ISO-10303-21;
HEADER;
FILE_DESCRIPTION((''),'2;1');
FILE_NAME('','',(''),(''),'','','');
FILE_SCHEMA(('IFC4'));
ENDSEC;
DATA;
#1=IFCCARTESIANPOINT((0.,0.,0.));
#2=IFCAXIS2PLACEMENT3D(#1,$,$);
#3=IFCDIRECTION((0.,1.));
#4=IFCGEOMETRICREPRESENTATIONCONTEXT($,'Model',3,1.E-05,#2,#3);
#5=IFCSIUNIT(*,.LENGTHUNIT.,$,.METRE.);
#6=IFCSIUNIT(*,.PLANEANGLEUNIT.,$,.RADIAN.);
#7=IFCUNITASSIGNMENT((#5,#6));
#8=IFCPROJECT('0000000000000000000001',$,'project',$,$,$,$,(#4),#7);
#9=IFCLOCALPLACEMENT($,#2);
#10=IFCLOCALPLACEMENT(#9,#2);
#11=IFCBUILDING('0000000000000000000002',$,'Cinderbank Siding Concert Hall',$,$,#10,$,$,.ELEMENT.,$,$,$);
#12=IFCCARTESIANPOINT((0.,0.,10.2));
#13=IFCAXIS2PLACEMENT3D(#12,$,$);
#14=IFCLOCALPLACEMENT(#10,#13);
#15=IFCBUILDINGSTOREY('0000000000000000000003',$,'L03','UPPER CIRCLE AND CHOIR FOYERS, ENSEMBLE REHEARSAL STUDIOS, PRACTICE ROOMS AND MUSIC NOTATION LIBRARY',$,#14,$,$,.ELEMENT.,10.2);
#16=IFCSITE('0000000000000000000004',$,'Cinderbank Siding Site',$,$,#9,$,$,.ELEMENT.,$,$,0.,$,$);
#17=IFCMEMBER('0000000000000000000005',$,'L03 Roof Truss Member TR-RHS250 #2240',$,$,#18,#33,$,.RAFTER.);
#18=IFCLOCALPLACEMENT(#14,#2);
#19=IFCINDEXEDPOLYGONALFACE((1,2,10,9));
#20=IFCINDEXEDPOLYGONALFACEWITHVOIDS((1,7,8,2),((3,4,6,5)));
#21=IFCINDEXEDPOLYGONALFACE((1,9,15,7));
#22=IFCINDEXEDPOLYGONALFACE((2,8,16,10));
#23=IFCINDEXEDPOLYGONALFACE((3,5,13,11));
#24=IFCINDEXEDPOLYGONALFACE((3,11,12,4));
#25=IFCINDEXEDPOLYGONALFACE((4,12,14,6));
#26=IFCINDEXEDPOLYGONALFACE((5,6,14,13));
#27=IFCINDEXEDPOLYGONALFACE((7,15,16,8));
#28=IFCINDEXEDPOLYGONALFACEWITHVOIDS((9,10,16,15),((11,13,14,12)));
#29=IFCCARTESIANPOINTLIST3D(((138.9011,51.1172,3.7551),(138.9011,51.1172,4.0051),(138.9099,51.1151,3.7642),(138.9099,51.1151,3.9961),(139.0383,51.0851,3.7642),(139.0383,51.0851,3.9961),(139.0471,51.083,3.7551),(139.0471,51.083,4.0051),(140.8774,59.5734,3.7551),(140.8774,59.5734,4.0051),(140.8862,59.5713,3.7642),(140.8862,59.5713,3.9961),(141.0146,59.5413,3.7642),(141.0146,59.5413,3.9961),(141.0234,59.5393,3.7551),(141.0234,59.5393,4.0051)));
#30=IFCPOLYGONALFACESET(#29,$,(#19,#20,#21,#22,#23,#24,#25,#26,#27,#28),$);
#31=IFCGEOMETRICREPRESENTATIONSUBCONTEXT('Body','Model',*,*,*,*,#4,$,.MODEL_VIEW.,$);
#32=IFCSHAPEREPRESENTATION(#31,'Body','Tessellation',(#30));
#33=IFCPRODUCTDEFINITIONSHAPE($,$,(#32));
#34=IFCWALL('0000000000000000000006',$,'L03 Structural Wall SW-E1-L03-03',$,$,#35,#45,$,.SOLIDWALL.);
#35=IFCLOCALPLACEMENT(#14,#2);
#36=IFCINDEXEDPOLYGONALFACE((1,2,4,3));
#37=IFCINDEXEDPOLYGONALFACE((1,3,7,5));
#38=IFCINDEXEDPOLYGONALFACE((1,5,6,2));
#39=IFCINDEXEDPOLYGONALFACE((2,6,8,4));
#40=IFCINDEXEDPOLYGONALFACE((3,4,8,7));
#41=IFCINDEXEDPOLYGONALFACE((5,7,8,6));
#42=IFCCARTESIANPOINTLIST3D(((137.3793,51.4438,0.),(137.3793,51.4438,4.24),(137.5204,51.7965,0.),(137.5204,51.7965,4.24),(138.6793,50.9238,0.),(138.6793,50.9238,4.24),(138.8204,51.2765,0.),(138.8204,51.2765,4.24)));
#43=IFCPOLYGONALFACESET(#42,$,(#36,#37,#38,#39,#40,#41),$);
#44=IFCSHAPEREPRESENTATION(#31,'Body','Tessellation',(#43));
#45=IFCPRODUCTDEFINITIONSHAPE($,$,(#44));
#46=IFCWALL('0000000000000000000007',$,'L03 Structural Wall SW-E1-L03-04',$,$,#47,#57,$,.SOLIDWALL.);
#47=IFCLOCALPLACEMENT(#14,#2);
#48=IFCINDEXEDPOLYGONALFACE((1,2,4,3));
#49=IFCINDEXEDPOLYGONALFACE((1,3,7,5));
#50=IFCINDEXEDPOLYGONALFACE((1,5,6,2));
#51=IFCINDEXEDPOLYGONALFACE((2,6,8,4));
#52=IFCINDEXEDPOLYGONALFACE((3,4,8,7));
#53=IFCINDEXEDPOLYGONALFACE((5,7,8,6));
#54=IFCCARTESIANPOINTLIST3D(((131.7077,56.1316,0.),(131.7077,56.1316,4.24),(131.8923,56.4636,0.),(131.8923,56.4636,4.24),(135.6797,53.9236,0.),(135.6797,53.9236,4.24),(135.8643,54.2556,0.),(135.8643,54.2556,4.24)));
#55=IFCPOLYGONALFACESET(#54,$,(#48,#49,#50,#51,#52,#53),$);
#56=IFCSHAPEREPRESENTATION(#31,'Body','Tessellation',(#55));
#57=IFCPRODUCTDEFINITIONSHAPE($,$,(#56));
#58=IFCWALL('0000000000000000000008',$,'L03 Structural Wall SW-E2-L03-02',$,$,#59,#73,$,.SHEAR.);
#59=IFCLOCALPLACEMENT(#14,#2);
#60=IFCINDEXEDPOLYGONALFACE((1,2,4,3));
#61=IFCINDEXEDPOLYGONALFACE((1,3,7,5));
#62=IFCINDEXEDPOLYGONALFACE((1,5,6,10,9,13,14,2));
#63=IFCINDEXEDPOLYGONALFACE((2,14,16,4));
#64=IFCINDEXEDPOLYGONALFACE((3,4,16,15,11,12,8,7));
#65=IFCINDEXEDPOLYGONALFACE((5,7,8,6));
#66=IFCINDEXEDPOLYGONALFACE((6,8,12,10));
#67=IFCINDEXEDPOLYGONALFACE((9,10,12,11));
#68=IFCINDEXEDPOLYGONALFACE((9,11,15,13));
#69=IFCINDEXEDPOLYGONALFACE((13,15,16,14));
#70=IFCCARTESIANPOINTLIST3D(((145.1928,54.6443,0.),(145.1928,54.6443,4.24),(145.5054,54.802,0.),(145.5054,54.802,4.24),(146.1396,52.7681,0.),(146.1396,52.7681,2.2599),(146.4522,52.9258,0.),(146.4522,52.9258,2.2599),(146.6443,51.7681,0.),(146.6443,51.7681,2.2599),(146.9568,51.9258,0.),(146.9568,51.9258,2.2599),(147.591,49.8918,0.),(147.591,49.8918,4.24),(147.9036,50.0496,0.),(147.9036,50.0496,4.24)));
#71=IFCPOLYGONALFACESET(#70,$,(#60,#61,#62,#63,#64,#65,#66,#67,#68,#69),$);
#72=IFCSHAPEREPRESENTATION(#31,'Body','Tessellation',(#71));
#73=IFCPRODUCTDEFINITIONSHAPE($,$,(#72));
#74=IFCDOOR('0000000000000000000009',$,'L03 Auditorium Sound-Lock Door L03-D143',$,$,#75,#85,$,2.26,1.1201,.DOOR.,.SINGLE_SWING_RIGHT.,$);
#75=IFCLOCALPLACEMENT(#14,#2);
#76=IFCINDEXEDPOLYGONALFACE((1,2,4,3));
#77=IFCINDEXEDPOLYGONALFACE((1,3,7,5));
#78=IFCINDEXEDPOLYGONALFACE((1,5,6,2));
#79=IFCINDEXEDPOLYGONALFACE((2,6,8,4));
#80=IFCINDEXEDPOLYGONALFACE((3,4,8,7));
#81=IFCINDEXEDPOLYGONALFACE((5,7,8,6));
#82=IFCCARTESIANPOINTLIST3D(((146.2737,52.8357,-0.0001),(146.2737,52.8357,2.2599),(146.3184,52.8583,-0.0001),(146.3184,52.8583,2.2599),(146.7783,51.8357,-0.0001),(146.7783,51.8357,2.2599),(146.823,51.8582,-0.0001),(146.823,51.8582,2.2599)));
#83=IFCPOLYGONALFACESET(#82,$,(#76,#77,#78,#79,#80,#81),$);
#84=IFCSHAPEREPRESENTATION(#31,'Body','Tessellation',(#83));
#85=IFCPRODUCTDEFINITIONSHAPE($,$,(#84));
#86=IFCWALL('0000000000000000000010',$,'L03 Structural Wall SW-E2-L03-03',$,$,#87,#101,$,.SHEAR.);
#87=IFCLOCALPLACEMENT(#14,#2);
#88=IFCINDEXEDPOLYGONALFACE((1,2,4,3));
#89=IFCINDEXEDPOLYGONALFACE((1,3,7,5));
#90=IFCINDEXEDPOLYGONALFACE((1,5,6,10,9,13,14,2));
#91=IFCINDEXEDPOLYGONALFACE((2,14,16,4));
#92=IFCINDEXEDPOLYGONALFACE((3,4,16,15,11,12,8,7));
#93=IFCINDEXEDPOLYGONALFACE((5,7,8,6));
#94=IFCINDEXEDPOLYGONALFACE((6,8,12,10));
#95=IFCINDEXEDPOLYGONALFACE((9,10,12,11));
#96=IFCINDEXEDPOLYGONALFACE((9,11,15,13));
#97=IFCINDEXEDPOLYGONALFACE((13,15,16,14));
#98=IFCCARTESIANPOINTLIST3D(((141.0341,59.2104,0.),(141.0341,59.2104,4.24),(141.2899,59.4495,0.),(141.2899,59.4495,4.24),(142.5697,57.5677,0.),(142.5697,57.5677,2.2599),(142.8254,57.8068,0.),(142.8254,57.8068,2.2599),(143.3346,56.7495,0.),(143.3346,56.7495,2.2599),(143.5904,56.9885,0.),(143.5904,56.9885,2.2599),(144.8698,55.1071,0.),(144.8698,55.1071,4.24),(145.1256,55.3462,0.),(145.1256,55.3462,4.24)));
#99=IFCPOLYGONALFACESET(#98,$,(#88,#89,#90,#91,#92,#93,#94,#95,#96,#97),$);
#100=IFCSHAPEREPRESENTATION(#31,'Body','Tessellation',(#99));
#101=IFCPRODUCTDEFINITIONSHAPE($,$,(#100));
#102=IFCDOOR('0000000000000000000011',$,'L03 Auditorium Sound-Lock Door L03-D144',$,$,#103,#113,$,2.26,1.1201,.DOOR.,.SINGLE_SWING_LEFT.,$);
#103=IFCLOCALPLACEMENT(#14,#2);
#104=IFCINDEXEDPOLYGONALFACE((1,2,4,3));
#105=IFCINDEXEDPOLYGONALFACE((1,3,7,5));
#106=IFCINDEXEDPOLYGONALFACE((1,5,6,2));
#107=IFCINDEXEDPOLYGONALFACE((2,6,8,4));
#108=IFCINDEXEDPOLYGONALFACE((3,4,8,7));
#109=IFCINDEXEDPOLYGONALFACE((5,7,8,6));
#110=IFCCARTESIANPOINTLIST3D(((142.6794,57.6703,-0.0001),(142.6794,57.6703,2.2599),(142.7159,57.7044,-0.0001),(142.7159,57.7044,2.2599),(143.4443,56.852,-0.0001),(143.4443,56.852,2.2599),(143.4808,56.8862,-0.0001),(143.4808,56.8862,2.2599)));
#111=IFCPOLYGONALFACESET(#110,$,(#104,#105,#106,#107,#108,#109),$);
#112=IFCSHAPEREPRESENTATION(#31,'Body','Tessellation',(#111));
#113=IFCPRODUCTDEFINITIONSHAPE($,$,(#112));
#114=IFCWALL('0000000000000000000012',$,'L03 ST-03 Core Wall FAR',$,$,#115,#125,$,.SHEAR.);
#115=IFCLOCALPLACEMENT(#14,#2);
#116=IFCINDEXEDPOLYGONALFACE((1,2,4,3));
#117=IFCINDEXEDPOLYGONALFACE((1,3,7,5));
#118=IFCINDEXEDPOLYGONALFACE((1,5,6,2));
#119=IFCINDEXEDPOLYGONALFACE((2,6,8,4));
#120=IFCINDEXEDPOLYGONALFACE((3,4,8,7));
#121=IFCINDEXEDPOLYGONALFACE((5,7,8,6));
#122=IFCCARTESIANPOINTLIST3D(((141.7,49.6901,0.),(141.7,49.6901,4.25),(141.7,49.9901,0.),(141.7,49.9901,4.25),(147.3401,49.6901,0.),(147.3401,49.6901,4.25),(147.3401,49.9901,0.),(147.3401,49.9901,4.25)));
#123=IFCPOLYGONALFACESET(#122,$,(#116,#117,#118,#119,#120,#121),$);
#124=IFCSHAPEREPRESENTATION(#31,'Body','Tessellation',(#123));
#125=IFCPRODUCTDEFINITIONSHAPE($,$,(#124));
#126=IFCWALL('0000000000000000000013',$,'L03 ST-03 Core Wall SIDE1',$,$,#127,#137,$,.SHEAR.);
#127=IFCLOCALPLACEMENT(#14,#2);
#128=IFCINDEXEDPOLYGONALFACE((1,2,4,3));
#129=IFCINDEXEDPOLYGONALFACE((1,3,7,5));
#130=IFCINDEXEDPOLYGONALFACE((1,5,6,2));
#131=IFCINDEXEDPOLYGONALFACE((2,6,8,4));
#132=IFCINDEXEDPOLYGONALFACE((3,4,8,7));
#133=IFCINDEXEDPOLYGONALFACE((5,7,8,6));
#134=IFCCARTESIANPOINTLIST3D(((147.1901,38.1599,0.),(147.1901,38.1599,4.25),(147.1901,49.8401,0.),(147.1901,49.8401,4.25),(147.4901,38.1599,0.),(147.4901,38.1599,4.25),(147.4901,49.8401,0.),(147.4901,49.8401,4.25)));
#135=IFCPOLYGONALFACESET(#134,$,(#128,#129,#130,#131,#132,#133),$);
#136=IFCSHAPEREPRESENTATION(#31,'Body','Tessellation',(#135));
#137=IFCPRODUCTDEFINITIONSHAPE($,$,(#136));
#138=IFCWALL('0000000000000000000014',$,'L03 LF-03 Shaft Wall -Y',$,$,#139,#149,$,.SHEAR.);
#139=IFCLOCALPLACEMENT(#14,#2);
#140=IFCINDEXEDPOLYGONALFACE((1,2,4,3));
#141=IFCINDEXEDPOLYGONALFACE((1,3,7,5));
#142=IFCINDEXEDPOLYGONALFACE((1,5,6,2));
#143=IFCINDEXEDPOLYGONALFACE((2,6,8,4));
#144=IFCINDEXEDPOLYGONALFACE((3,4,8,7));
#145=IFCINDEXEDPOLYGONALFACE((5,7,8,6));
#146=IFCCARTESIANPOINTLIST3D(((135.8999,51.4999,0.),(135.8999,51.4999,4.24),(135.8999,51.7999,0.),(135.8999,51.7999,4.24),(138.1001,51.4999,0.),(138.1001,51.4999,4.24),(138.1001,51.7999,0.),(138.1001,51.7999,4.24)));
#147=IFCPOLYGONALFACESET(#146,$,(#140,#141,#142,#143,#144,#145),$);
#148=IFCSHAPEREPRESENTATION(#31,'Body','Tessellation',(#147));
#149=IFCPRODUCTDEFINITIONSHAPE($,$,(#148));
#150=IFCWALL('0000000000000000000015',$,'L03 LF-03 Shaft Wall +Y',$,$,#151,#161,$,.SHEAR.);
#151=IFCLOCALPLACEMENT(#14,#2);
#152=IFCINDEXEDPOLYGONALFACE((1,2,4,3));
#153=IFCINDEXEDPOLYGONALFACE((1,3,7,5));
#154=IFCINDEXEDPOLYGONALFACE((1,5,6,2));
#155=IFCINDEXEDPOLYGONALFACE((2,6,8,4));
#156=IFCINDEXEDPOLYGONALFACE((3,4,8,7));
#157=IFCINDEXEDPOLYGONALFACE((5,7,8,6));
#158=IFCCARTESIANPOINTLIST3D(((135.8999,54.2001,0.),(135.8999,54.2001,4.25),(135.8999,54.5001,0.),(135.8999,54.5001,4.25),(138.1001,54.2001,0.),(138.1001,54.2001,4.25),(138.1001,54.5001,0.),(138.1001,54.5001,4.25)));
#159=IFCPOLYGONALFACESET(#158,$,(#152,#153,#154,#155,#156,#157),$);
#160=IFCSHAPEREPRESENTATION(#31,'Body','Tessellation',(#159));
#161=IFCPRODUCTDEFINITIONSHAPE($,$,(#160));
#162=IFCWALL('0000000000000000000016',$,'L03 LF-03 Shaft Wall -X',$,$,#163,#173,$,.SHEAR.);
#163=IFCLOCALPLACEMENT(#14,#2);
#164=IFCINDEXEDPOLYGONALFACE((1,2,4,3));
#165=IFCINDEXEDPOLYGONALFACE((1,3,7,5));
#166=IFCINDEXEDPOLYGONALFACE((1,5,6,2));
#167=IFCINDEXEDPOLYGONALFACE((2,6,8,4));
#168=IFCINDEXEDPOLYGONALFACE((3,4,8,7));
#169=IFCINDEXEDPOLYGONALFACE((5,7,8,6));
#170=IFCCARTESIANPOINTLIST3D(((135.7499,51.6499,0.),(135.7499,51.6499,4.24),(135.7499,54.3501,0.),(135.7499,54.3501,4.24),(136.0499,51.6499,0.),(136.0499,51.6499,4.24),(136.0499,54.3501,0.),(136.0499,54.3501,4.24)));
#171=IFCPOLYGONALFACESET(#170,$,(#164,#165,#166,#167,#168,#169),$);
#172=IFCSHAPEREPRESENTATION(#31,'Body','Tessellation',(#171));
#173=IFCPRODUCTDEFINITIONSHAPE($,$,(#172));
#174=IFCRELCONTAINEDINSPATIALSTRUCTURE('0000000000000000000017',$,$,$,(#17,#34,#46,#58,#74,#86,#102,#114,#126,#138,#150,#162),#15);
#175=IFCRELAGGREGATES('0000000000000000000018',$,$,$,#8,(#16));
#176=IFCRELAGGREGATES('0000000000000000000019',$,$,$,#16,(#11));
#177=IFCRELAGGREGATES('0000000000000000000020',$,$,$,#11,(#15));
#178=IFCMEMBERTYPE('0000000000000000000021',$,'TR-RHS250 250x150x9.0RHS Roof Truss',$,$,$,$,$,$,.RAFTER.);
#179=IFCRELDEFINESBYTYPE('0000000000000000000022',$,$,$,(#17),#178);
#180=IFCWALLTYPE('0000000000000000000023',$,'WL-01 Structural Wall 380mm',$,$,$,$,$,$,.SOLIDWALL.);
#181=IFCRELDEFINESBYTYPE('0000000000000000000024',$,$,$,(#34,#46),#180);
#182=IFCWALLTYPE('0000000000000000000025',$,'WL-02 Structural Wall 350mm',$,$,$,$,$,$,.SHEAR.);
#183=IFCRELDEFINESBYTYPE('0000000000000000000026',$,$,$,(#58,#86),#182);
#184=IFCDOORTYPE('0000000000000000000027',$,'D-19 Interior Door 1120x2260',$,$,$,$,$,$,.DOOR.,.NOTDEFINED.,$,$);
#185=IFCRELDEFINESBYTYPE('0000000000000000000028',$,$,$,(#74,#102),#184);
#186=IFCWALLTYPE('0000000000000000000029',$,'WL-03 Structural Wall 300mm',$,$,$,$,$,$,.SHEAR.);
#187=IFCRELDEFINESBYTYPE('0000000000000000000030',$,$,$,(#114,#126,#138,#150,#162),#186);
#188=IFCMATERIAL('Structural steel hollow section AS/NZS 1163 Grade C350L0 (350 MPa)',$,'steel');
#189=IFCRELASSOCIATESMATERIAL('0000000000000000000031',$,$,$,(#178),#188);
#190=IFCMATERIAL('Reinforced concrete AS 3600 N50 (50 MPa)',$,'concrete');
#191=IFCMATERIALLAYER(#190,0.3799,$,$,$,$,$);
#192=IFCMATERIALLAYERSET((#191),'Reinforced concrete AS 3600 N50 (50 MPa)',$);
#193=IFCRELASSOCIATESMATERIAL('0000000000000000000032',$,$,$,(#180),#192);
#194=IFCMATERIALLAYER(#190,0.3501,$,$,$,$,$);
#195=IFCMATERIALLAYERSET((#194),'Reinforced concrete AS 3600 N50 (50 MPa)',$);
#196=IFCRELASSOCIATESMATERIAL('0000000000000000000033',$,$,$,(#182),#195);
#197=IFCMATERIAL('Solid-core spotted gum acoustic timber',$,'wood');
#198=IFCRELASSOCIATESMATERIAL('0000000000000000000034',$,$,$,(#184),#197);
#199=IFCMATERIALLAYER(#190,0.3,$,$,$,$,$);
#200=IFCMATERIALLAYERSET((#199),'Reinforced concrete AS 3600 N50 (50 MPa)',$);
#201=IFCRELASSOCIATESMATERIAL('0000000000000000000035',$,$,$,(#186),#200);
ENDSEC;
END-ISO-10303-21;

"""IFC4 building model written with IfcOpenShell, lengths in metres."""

from ifc_helpers import new_model, si_unit, direction, frame, frame_2d, origin, origin_2d, place, context, subcontext, project, spatial, rectangle, hollow_rectangle, extrude, material, layer, layer_set, material_profile, profile_set, type_object, element, fill, save


model = new_model("IFC4")

# Units and contexts
model_context = context("Model", 3, precision=1e-05, world=origin(), true_north=direction((0.0, 1.0)))
body_context = subcontext(model_context, "Body", "Model", "MODEL_VIEW")
ifc_project = project(units=[si_unit("LENGTHUNIT", "METRE"), si_unit("PLANEANGLEUNIT", "RADIAN")], contexts=[model_context])

# Site, building, storey
site_placement = place(None, origin())
site = spatial("IfcSite", under=ifc_project, at=site_placement, Name="Cinderbank Siding Site", CompositionType="ELEMENT", RefElevation=0.0)
building_placement = place(site_placement, origin())
building = spatial("IfcBuilding", under=site, at=building_placement, Name="Cinderbank Siding Concert Hall", CompositionType="ELEMENT")
storey_placement = place(building_placement, frame((0.0, 0.0, 10.2)))
storey = spatial("IfcBuildingStorey", under=building, at=storey_placement, Name="L03", Description="UPPER CIRCLE AND CHOIR FOYERS, ENSEMBLE REHEARSAL STUDIOS, PRACTICE ROOMS AND MUSIC NOTATION LIBRARY", CompositionType="ELEMENT", Elevation=10.2)

# Shared definitions
ifc_material_1 = material(Name="Reinforced concrete AS 3600 N50 (50 MPa)", Category="concrete")

# Member
ifc_material_2 = material(Name="Structural steel hollow section AS/NZS 1163 Grade C350L0 (350 MPa)", Category="steel")
ifc_material_profile_1 = material_profile(ifc_material_2, hollow_rectangle(XDim=0.1499, YDim=0.25, WallThickness=0.009, at=origin_2d()), Name="250x150x9.0RHS", Category="LoadBearing")
ifc_profile_set_1 = profile_set([ifc_material_profile_1], Name="Structural steel hollow section AS/NZS 1163 Grade C350L0 (350 MPa)")
member_type_1 = type_object("IfcMemberType", Name="TR-RHS250 250x150x9.0RHS Roof Truss", PredefinedType="RAFTER", material=ifc_profile_set_1)
member_1_placement = place(storey_placement, frame((138.9741, 51.1001, 3.8801), z_axis=(0.227577, 0.97376, 0.0), x_axis=(-0.97376, 0.227577, 0.0)))
element("IfcMember", 1, at=member_1_placement, inside=storey, type_object=member_type_1, Name="L03 Roof Truss Member TR-RHS250 #2240", PredefinedType="RAFTER", context=body_context, shape_type="SweptSolid", body=[
    extrude(hollow_rectangle(XDim=0.1499, YDim=0.25, WallThickness=0.009, at=origin_2d()), origin(), (0.0, 0.0, 1.0), 8.6841),
])

# Walls
ifc_layer_1 = layer(ifc_material_1, 0.3799)
ifc_layer_set_1 = layer_set([ifc_layer_1], Name="Reinforced concrete AS 3600 N50 (50 MPa)")
wall_type_1 = type_object("IfcWallType", Name="WL-01 Structural Wall 380mm", PredefinedType="SOLIDWALL", material=ifc_layer_set_1)
wall_1_placement = place(storey_placement, frame((138.75, 51.1001, 0.0), z_axis=(0.0, 0.0, 1.0), x_axis=(-0.928477, 0.371391, 0.0)))
element("IfcWall", 2, at=wall_1_placement, inside=storey, type_object=wall_type_1, Name="L03 Structural Wall SW-E1-L03-03", PredefinedType="SOLIDWALL", context=body_context, shape_type="SweptSolid", body=[
    extrude(rectangle(XDim=1.4001, YDim=0.3799, at=frame_2d((0.7002, 0.0))), origin(), (0.0, 0.0, 1.0), 4.24),
])
wall_2_placement = place(storey_placement, frame((135.772, 54.0896, 0.0), z_axis=(0.0, 0.0, 1.0), x_axis=(-0.874028, 0.485876, 0.0)))
element("IfcWall", 3, at=wall_2_placement, inside=storey, type_object=wall_type_1, Name="L03 Structural Wall SW-E1-L03-04", PredefinedType="SOLIDWALL", context=body_context, shape_type="SweptSolid", body=[
    extrude(rectangle(XDim=4.5444, YDim=0.3799, at=frame_2d((2.2722, 0.0))), origin(), (0.0, 0.0, 1.0), 4.24),
])

# Walls, openings, doors
ifc_layer_2 = layer(ifc_material_1, 0.3501)
ifc_layer_set_2 = layer_set([ifc_layer_2], Name="Reinforced concrete AS 3600 N50 (50 MPa)")
wall_type_2 = type_object("IfcWallType", Name="WL-02 Structural Wall 350mm", PredefinedType="SHEAR", material=ifc_layer_set_2)
wall_3_placement = place(storey_placement, frame((147.7473, 49.9707, 0.0), z_axis=(0.0, 0.0, 1.0), x_axis=(-0.450513, 0.89277, 0.0)))
wall_3 = element("IfcWall", 4, at=wall_3_placement, inside=storey, type_object=wall_type_2, Name="L03 Structural Wall SW-E2-L03-02", PredefinedType="SHEAR", context=body_context, shape_type="SweptSolid", body=[
    extrude(rectangle(XDim=5.3232, YDim=0.3501, at=frame_2d((2.6616, 0.0))), origin(), (0.0, 0.0, 1.0), 4.24),
])
opening_1_placement = place(wall_3_placement, frame((2.1016, 0.0, 0.0)))
opening_1 = element("IfcOpeningElement", 5, at=opening_1_placement, cuts=wall_3, PredefinedType="OPENING", context=body_context, shape_type="SweptSolid", body=[
    extrude(rectangle(XDim=1.1201, YDim=2.26, at=frame_2d((0.5601, 1.1299))), frame((0.0, 0.187, 0.0), z_axis=(0.0, -1.0, 0.0), x_axis=(1.0, 0.0, 0.0)), (0.0, 0.0, 1.0), 0.374),
])
ifc_material_3 = material(Name="Solid-core spotted gum acoustic timber", Category="wood")
door_type_1 = type_object("IfcDoorType", Name="D-19 Interior Door 1120x2260", OperationType="NOTDEFINED", PredefinedType="DOOR", material=ifc_material_3)
door_1_placement = place(opening_1_placement, origin())
door_1 = element("IfcDoor", 6, at=door_1_placement, inside=storey, type_object=door_type_1, Name="L03 Auditorium Sound-Lock Door L03-D143", OperationType="SINGLE_SWING_RIGHT", OverallHeight=2.26, OverallWidth=1.1201, PredefinedType="DOOR", context=body_context, shape_type="SweptSolid", body=[
    extrude(rectangle(XDim=1.1201, YDim=2.26, at=frame_2d((0.5601, 1.1299))), frame((0.0, 0.0249, 0.0), z_axis=(0.0, -1.0, 0.0), x_axis=(1.0, 0.0, 0.0)), (0.0, 0.0, 1.0), 0.05),
])
fill(opening_1, door_1)
wall_4_placement = place(storey_placement, frame((144.9978, 55.2266, 0.0), z_axis=(0.0, 0.0, 1.0), x_axis=(-0.682886, 0.730525, 0.0)))
wall_4 = element("IfcWall", 7, at=wall_4_placement, inside=storey, type_object=wall_type_2, Name="L03 Structural Wall SW-E2-L03-03", PredefinedType="SHEAR", context=body_context, shape_type="SweptSolid", body=[
    extrude(rectangle(XDim=5.6169, YDim=0.3501, at=frame_2d((2.8086, 0.0))), origin(), (0.0, 0.0, 1.0), 4.24),
])
opening_2_placement = place(wall_4_placement, frame((2.2483, 0.0, 0.0)))
opening_2 = element("IfcOpeningElement", 8, at=opening_2_placement, cuts=wall_4, PredefinedType="OPENING", context=body_context, shape_type="SweptSolid", body=[
    extrude(rectangle(XDim=1.1201, YDim=2.26, at=frame_2d((0.5601, 1.1299))), frame((0.0, 0.187, 0.0), z_axis=(0.0, -1.0, 0.0), x_axis=(1.0, 0.0, 0.0)), (0.0, 0.0, 1.0), 0.374),
])
door_2_placement = place(opening_2_placement, origin())
door_2 = element("IfcDoor", 9, at=door_2_placement, inside=storey, type_object=door_type_1, Name="L03 Auditorium Sound-Lock Door L03-D144", OperationType="SINGLE_SWING_LEFT", OverallHeight=2.26, OverallWidth=1.1201, PredefinedType="DOOR", context=body_context, shape_type="SweptSolid", body=[
    extrude(rectangle(XDim=1.1201, YDim=2.26, at=frame_2d((0.5601, 1.1299))), frame((0.0, 0.0249, 0.0), z_axis=(0.0, -1.0, 0.0), x_axis=(1.0, 0.0, 0.0)), (0.0, 0.0, 1.0), 0.05),
])
fill(opening_2, door_2)

# Walls
ifc_layer_3 = layer(ifc_material_1, 0.3)
ifc_layer_set_3 = layer_set([ifc_layer_3], Name="Reinforced concrete AS 3600 N50 (50 MPa)")
wall_type_3 = type_object("IfcWallType", Name="WL-03 Structural Wall 300mm", PredefinedType="SHEAR", material=ifc_layer_set_3)
wall_5_placement = place(storey_placement, frame((141.7, 49.8401, 0.0), z_axis=(0.0, 0.0, 1.0), x_axis=(1.0, 0.0, 0.0)))
element("IfcWall", 10, at=wall_5_placement, inside=storey, type_object=wall_type_3, Name="L03 ST-03 Core Wall FAR", PredefinedType="SHEAR", context=body_context, shape_type="SweptSolid", body=[
    extrude(rectangle(XDim=5.6401, YDim=0.3, at=frame_2d((2.8201, 0.0))), origin(), (0.0, 0.0, 1.0), 4.25),
])
wall_6_placement = place(storey_placement, frame((147.3401, 49.8401, 0.0), z_axis=(0.0, 0.0, 1.0), x_axis=(0.0, -1.0, 0.0)))
element("IfcWall", 11, at=wall_6_placement, inside=storey, type_object=wall_type_3, Name="L03 ST-03 Core Wall SIDE1", PredefinedType="SHEAR", context=body_context, shape_type="SweptSolid", body=[
    extrude(rectangle(XDim=11.6802, YDim=0.3, at=frame_2d((5.8401, 0.0))), origin(), (0.0, 0.0, 1.0), 4.25),
])
wall_7_placement = place(storey_placement, frame((138.1001, 51.6499, 0.0), z_axis=(0.0, 0.0, 1.0), x_axis=(-1.0, 0.0, 0.0)))
element("IfcWall", 12, at=wall_7_placement, inside=storey, type_object=wall_type_3, Name="L03 LF-03 Shaft Wall -Y", PredefinedType="SHEAR", context=body_context, shape_type="SweptSolid", body=[
    extrude(rectangle(XDim=2.2002, YDim=0.3, at=frame_2d((1.1001, 0.0))), origin(), (0.0, 0.0, 1.0), 4.24),
])

# Walls
wall_8_placement = place(storey_placement, frame((135.8999, 54.3501, 0.0), z_axis=(0.0, 0.0, 1.0), x_axis=(1.0, 0.0, 0.0)))
element("IfcWall", 13, at=wall_8_placement, inside=storey, type_object=wall_type_3, Name="L03 LF-03 Shaft Wall +Y", PredefinedType="SHEAR", context=body_context, shape_type="SweptSolid", body=[
    extrude(rectangle(XDim=2.2002, YDim=0.3, at=frame_2d((1.1001, 0.0))), origin(), (0.0, 0.0, 1.0), 4.25),
])
wall_9_placement = place(storey_placement, frame((135.8999, 51.6499, 0.0), z_axis=(0.0, 0.0, 1.0), x_axis=(0.0, 1.0, 0.0)))
element("IfcWall", 14, at=wall_9_placement, inside=storey, type_object=wall_type_3, Name="L03 LF-03 Shaft Wall -X", PredefinedType="SHEAR", context=body_context, shape_type="SweptSolid", body=[
    extrude(rectangle(XDim=2.7002, YDim=0.3, at=frame_2d((1.3501, 0.0))), origin(), (0.0, 0.0, 1.0), 4.24),
])

save(model, "model.ifc")
